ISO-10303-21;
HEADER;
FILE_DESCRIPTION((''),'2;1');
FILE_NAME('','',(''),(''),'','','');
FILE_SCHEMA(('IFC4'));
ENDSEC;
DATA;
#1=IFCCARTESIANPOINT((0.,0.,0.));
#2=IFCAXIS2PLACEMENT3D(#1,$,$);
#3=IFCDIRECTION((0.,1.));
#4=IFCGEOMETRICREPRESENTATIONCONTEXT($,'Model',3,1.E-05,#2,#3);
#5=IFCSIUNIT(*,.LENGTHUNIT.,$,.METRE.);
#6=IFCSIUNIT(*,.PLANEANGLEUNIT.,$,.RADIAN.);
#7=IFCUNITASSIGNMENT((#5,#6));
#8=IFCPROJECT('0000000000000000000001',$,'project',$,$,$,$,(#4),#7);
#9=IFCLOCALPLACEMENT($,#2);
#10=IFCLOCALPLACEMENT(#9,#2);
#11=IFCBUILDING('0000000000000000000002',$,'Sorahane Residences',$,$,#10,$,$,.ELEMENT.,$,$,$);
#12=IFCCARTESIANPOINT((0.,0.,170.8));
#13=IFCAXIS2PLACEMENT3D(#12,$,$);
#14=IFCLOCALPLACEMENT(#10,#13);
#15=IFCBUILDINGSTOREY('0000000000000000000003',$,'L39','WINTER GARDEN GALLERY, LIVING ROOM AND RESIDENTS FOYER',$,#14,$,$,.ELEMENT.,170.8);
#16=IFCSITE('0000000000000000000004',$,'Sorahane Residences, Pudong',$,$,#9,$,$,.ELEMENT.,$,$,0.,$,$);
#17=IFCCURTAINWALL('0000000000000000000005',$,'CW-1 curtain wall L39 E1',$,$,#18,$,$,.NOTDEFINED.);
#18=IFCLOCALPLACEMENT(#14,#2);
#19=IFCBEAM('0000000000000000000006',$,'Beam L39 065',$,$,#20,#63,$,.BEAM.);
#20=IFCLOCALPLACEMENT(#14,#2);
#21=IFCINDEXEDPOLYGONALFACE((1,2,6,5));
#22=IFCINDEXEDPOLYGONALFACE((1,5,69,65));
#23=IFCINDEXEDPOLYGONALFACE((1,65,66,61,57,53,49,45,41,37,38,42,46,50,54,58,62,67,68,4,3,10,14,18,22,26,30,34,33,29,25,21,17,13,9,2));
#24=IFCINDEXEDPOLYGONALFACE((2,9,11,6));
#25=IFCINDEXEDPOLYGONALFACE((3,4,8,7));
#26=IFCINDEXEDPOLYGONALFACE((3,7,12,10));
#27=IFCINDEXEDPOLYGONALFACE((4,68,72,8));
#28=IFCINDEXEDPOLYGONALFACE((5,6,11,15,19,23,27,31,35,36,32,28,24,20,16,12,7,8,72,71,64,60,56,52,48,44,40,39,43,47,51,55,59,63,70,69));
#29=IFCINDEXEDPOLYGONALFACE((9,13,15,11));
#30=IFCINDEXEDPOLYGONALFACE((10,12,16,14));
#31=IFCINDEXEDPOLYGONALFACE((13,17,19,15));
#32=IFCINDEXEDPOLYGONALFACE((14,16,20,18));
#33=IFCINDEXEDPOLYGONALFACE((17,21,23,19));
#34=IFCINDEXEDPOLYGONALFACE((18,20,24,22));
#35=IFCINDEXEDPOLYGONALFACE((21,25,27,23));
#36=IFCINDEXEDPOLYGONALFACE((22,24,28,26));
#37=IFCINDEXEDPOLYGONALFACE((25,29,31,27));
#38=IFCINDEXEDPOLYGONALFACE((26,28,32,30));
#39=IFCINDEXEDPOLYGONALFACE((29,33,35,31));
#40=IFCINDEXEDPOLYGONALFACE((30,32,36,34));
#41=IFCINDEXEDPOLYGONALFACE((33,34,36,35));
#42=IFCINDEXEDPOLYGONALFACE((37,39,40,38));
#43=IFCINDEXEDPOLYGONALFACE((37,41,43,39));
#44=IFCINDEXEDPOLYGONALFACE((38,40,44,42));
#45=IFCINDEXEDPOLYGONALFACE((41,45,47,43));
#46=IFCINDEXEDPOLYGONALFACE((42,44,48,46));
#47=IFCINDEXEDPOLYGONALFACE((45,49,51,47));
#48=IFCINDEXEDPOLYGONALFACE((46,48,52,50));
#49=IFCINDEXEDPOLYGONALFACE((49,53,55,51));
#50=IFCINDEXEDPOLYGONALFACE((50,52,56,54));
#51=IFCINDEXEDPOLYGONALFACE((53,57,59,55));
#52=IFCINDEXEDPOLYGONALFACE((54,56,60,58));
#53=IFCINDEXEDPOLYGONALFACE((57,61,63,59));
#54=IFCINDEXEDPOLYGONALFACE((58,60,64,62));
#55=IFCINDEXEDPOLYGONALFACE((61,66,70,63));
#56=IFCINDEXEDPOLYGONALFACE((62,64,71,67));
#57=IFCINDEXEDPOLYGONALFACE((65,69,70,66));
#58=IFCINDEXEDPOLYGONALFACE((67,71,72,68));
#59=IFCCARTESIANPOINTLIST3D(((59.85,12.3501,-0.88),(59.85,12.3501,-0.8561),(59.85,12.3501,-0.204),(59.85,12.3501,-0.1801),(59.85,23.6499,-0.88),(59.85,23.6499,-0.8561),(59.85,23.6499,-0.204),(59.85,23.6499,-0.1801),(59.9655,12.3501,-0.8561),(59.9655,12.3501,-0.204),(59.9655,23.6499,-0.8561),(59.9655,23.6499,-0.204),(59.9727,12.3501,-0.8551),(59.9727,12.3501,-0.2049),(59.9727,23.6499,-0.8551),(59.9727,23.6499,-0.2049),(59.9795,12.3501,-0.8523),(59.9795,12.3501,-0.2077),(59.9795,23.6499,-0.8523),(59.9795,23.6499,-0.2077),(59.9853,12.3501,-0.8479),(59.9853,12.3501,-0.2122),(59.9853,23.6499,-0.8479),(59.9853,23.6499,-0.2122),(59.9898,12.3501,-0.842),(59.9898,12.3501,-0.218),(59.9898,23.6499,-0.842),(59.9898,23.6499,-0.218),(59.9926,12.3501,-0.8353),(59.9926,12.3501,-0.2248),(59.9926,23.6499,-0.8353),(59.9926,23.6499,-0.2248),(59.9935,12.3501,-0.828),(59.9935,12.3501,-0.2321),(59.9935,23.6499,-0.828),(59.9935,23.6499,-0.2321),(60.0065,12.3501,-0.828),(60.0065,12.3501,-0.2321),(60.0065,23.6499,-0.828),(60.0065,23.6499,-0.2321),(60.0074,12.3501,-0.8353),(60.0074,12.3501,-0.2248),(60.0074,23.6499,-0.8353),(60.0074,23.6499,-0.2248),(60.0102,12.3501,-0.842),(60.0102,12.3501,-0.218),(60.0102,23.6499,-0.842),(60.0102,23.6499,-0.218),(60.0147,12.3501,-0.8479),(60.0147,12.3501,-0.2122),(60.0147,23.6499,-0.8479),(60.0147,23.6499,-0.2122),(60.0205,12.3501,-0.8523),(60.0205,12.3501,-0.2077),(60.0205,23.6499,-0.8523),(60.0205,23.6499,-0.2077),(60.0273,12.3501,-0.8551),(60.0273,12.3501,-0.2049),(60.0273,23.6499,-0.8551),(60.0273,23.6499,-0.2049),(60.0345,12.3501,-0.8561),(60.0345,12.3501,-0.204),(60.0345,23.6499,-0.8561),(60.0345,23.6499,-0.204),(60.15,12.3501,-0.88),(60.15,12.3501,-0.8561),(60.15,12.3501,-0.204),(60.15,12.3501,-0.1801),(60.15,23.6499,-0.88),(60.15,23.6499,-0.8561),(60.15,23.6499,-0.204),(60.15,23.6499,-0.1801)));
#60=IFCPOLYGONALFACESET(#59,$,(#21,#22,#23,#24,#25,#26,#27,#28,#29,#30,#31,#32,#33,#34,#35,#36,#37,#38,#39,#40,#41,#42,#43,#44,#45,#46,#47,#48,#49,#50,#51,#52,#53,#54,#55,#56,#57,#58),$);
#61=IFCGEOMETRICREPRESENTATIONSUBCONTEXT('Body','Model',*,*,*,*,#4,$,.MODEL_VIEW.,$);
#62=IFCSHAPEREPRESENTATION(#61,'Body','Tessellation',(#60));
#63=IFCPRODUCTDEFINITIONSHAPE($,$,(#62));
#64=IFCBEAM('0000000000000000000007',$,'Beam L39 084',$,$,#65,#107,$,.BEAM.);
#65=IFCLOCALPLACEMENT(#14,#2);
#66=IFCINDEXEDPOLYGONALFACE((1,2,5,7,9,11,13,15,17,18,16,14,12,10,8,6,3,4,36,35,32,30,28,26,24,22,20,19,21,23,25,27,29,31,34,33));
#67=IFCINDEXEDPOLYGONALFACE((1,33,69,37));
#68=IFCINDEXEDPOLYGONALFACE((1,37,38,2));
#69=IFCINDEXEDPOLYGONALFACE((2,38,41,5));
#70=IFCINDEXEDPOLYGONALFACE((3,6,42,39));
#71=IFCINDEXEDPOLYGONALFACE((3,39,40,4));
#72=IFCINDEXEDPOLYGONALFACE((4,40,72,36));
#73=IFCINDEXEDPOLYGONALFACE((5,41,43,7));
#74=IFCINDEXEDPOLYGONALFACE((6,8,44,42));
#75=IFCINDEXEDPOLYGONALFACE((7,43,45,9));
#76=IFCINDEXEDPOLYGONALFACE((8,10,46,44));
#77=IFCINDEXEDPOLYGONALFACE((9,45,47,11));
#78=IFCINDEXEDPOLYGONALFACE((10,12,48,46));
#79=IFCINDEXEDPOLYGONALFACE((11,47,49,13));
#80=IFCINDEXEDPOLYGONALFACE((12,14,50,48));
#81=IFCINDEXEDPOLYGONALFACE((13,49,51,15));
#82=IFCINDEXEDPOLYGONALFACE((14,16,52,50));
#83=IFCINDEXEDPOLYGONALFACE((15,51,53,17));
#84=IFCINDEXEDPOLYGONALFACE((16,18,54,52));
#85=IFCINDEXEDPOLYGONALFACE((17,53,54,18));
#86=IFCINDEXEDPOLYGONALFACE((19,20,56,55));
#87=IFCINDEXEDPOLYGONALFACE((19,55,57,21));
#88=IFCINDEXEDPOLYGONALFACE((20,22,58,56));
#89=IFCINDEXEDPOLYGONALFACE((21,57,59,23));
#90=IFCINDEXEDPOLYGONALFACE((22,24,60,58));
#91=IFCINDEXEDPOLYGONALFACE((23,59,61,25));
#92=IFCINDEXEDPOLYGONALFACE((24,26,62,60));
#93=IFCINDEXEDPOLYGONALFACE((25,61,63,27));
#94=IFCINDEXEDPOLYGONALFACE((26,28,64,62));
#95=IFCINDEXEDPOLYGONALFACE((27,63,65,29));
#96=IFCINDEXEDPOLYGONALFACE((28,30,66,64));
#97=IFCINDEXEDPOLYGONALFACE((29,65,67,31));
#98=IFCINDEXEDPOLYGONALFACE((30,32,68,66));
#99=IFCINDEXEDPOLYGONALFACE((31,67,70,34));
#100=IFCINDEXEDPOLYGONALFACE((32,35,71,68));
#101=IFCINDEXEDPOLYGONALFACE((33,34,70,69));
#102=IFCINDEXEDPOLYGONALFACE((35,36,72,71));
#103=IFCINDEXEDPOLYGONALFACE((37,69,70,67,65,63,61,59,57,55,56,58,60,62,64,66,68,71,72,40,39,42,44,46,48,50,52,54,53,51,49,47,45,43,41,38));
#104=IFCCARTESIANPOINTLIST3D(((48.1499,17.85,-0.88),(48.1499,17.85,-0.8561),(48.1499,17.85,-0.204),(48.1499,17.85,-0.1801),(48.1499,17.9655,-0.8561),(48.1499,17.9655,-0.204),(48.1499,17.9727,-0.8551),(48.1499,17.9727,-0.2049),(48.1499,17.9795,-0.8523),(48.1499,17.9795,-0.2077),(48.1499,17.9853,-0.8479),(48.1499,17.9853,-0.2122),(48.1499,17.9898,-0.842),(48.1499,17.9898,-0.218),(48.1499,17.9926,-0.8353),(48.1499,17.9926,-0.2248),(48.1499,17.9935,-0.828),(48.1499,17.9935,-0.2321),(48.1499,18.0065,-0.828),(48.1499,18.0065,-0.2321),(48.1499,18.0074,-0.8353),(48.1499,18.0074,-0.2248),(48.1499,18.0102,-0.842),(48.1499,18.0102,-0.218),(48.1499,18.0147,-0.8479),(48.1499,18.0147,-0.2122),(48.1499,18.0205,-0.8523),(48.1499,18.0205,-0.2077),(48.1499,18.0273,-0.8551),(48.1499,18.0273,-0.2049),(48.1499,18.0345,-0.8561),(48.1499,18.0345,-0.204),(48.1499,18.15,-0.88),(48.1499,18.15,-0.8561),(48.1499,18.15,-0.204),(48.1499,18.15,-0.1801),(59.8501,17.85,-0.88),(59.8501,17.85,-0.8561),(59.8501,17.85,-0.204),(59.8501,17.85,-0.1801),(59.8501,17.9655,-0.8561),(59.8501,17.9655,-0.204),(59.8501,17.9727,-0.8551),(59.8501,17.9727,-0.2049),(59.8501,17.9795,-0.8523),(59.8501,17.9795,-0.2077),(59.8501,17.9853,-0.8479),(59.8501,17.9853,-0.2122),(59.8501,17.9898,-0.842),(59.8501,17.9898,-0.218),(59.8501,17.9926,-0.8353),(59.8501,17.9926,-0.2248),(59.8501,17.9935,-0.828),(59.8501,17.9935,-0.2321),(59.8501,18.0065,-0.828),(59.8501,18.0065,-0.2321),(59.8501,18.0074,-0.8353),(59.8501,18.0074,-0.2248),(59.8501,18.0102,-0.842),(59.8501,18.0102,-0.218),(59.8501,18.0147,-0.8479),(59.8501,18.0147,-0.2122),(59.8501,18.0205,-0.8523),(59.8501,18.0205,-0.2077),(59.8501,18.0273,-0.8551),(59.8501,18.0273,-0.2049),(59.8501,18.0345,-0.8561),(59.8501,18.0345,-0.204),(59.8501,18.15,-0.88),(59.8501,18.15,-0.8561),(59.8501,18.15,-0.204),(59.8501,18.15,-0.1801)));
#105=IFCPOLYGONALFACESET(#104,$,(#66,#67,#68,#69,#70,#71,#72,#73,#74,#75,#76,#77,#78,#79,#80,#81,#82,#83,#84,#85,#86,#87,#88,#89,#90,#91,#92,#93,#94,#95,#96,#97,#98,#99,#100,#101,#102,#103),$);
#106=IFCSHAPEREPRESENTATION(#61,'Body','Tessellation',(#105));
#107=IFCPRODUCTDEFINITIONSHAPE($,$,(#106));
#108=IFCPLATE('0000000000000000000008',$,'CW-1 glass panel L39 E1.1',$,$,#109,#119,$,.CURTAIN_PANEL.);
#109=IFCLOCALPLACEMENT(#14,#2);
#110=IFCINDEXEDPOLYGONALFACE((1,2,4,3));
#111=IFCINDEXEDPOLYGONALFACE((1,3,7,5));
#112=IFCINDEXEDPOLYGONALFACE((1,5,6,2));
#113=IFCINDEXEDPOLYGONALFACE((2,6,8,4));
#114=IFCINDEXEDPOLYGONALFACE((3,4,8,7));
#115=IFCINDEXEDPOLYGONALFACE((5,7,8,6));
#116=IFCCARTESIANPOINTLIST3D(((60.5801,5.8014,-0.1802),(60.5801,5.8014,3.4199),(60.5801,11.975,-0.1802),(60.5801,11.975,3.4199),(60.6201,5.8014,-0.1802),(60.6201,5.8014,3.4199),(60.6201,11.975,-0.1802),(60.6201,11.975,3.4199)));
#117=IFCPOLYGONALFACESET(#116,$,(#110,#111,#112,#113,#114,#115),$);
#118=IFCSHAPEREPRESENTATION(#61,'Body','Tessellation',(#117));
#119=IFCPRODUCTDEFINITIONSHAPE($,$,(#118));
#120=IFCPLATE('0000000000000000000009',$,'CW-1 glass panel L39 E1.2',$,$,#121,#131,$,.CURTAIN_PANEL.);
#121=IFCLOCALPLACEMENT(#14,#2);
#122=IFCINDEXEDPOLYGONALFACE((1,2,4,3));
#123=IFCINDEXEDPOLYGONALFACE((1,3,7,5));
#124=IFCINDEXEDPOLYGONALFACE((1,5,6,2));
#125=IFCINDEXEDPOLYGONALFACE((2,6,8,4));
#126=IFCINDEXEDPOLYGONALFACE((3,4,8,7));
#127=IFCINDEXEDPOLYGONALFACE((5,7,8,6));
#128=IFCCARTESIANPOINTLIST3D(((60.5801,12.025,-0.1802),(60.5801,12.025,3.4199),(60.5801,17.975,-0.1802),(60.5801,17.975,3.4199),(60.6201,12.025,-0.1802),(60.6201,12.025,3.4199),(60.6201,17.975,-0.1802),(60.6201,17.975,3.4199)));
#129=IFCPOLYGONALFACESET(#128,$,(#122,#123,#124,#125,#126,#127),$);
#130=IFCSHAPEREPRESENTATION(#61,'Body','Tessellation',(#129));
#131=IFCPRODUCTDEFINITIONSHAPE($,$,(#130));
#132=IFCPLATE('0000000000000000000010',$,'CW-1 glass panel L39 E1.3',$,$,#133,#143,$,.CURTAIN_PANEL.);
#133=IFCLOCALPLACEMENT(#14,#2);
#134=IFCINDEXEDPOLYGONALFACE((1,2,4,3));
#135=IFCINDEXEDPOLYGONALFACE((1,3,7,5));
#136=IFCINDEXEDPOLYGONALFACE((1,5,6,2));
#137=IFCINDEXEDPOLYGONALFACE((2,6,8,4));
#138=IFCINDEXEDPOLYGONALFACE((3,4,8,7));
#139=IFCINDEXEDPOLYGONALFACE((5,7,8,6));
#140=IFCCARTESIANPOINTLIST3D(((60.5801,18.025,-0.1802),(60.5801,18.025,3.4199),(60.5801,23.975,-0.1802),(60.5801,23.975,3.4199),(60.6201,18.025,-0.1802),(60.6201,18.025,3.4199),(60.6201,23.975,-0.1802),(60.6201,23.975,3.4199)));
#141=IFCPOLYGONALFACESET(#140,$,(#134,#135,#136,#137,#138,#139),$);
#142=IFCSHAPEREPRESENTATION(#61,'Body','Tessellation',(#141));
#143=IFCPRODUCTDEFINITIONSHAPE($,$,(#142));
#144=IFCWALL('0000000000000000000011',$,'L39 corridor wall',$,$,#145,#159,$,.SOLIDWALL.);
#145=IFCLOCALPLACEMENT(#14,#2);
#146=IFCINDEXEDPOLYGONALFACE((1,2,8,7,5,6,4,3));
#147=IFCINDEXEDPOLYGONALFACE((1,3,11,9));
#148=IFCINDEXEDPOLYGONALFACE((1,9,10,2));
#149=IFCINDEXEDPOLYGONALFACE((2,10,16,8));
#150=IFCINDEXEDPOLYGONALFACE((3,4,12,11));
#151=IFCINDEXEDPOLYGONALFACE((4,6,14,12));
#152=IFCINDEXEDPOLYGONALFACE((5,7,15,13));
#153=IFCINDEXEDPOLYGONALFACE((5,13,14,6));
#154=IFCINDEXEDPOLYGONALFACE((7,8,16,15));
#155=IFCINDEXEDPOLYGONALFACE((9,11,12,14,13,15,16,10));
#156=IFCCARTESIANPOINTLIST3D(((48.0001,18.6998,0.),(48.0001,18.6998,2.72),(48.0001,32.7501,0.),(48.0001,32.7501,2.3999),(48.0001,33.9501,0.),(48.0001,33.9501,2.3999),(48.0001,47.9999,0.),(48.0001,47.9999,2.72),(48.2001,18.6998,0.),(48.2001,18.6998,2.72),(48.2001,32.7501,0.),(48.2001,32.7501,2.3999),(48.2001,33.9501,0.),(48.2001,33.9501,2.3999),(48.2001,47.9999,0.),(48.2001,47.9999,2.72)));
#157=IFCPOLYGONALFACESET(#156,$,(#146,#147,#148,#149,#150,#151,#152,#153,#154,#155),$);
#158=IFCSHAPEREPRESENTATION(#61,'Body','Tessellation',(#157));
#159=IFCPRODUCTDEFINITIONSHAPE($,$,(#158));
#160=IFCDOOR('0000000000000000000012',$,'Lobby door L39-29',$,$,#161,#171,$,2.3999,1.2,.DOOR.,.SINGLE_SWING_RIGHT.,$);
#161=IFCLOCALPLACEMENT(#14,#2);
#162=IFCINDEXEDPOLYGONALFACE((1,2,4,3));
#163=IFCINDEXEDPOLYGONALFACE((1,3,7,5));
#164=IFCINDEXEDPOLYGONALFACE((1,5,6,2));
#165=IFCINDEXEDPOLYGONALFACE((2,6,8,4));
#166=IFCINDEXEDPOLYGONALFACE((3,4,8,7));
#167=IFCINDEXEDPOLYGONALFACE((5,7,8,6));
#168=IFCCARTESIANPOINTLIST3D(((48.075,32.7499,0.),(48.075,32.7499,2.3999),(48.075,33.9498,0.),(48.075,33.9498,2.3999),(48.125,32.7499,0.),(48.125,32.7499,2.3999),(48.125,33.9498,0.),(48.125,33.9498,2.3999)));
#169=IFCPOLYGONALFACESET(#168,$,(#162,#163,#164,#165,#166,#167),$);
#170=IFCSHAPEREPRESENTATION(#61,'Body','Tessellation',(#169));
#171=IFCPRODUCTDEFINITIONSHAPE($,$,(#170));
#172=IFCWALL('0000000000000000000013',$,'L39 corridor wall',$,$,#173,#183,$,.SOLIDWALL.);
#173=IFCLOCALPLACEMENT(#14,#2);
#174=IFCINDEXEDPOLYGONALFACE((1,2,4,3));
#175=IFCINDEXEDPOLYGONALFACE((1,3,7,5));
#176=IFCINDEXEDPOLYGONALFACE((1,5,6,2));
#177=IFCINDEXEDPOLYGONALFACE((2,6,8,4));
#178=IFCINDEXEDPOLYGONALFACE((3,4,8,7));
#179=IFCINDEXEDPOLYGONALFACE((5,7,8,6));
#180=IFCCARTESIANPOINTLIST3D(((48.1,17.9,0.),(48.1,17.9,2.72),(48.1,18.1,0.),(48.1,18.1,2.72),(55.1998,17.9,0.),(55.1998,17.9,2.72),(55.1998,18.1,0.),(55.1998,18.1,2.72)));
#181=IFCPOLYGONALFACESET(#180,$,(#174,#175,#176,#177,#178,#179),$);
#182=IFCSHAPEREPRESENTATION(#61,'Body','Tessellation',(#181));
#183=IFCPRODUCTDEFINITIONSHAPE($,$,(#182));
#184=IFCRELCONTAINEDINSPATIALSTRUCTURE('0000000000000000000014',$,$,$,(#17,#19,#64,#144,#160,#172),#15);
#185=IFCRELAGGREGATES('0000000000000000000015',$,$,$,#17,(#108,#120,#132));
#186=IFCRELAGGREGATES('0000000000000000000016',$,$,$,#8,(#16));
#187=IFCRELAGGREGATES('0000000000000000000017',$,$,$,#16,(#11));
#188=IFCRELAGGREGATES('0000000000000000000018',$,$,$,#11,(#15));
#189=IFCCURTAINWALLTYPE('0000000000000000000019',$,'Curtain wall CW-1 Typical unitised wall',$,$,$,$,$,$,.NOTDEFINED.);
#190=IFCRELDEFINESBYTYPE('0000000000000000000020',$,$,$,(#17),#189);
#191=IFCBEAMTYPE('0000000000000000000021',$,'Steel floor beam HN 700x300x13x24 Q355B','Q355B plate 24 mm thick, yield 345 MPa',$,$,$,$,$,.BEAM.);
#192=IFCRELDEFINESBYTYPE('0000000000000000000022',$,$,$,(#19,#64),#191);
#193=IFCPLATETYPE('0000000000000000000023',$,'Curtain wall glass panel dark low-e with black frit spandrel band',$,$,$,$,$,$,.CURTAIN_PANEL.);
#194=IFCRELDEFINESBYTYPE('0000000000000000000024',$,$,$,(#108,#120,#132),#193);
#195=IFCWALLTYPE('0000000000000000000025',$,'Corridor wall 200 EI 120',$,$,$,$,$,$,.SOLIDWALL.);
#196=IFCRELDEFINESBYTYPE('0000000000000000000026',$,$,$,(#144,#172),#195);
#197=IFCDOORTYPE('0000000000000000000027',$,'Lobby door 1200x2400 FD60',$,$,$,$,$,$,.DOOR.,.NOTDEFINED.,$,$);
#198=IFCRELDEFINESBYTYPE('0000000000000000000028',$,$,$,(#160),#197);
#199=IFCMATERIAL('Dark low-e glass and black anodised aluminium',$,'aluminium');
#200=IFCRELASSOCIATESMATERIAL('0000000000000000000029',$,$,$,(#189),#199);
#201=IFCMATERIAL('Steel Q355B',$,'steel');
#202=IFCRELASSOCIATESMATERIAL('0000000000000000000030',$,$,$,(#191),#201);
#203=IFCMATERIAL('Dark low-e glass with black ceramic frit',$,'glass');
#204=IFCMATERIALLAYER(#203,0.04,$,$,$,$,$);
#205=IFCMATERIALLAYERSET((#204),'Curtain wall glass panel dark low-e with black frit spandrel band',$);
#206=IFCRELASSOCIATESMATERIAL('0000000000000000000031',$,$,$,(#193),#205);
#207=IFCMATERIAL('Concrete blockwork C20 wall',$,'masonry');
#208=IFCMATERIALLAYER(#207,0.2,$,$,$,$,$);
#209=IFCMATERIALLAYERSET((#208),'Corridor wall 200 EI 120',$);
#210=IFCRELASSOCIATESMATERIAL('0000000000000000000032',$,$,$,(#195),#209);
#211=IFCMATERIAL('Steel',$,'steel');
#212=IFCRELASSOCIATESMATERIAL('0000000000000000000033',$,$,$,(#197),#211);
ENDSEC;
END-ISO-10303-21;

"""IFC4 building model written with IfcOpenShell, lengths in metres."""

from ifc_helpers import new_model, si_unit, direction, frame, frame_2d, origin, origin_2d, place, context, subcontext, project, spatial, rectangle, i_section, extrude, material, layer, layer_set, material_profile, profile_set, type_object, element, fill, aggregate, save


model = new_model("IFC4")

# Units and contexts
model_context = context("Model", 3, precision=1e-05, world=origin(), true_north=direction((0.0, 1.0)))
body_context = subcontext(model_context, "Body", "Model", "MODEL_VIEW")
ifc_project = project(units=[si_unit("LENGTHUNIT", "METRE"), si_unit("PLANEANGLEUNIT", "RADIAN")], contexts=[model_context])

# Site, building, storey
site_placement = place(None, origin())
site = spatial("IfcSite", under=ifc_project, at=site_placement, Name="Sorahane Residences, Pudong", CompositionType="ELEMENT", RefElevation=0.0)
building_placement = place(site_placement, origin())
building = spatial("IfcBuilding", under=site, at=building_placement, Name="Sorahane Residences", CompositionType="ELEMENT")
storey_placement = place(building_placement, frame((0.0, 0.0, 170.8)))
storey = spatial("IfcBuildingStorey", under=building, at=storey_placement, Name="L39", Description="WINTER GARDEN GALLERY, LIVING ROOM AND RESIDENTS FOYER", CompositionType="ELEMENT", Elevation=170.8)

# Curtain wall
ifc_material_1 = material(Name="Dark low-e glass and black anodised aluminium", Category="aluminium")
curtain_wall_type = type_object("IfcCurtainWallType", Name="Curtain wall CW-1 Typical unitised wall", PredefinedType="NOTDEFINED", material=ifc_material_1)
curtain_wall_placement = place(storey_placement, origin())
curtain_wall = element("IfcCurtainWall", 1, at=curtain_wall_placement, inside=storey, type_object=curtain_wall_type, Name="CW-1 curtain wall L39 E1", PredefinedType="NOTDEFINED")

# Beams
ifc_material_2 = material(Name="Steel Q355B", Category="steel")
ifc_material_profile_1 = material_profile(ifc_material_2, i_section(OverallWidth=0.3, OverallDepth=0.7, WebThickness=0.0129, FlangeThickness=0.0239, FilletRadius=0.0281, at=origin_2d()), Name="HN 700x300x13x24")
ifc_profile_set_1 = profile_set([ifc_material_profile_1], Name="Steel Q355B")
beam_type = type_object("IfcBeamType", Name="Steel floor beam HN 700x300x13x24 Q355B", Description="Q355B plate 24 mm thick, yield 345 MPa", PredefinedType="BEAM", material=ifc_profile_set_1)
beam_1_placement = place(storey_placement, frame((60.0, 12.3501, -0.53), z_axis=(0.0, 1.0, 0.0), x_axis=(-1.0, 0.0, 0.0)))
element("IfcBeam", 2, at=beam_1_placement, inside=storey, type_object=beam_type, Name="Beam L39 065", PredefinedType="BEAM", context=body_context, shape_type="SweptSolid", body=[
    extrude(i_section(OverallWidth=0.3, OverallDepth=0.7, WebThickness=0.0129, FlangeThickness=0.0239, FilletRadius=0.0281, at=origin_2d()), origin(), (0.0, 0.0, 1.0), 11.2998),
])
beam_2_placement = place(storey_placement, frame((48.1499, 18.0, -0.53), z_axis=(1.0, 0.0, 0.0), x_axis=(0.0, 1.0, 0.0)))
element("IfcBeam", 3, at=beam_2_placement, inside=storey, type_object=beam_type, Name="Beam L39 084", PredefinedType="BEAM", context=body_context, shape_type="SweptSolid", body=[
    extrude(i_section(OverallWidth=0.3, OverallDepth=0.7, WebThickness=0.0129, FlangeThickness=0.0239, FilletRadius=0.0281, at=origin_2d()), origin(), (0.0, 0.0, 1.0), 11.7002),
])

# Plates
ifc_material_3 = material(Name="Dark low-e glass with black ceramic frit", Category="glass")
ifc_layer_1 = layer(ifc_material_3, 0.04)
ifc_layer_set_1 = layer_set([ifc_layer_1], Name="Curtain wall glass panel dark low-e with black frit spandrel band")
plate_type = type_object("IfcPlateType", Name="Curtain wall glass panel dark low-e with black frit spandrel band", PredefinedType="CURTAIN_PANEL", material=ifc_layer_set_1)
plate_1_placement = place(storey_placement, frame((60.6001, 8.8882, -0.1802), z_axis=(0.0, 0.0, 1.0), x_axis=(0.0, 1.0, 0.0)))
plate_1 = element("IfcPlate", 4, at=plate_1_placement, type_object=plate_type, Name="CW-1 glass panel L39 E1.1", PredefinedType="CURTAIN_PANEL", context=body_context, shape_type="SweptSolid", body=[
    extrude(rectangle(XDim=6.1736, YDim=0.04, at=origin_2d()), origin(), (0.0, 0.0, 1.0), 3.6001),
])
plate_2_placement = place(storey_placement, frame((60.6001, 15.0, -0.1802), z_axis=(0.0, 0.0, 1.0), x_axis=(0.0, 1.0, 0.0)))
plate_2 = element("IfcPlate", 5, at=plate_2_placement, type_object=plate_type, Name="CW-1 glass panel L39 E1.2", PredefinedType="CURTAIN_PANEL", context=body_context, shape_type="SweptSolid", body=[
    extrude(rectangle(XDim=5.95, YDim=0.04, at=origin_2d()), origin(), (0.0, 0.0, 1.0), 3.6001),
])
plate_3_placement = place(storey_placement, frame((60.6001, 21.0, -0.1802), z_axis=(0.0, 0.0, 1.0), x_axis=(0.0, 1.0, 0.0)))
plate_3 = element("IfcPlate", 6, at=plate_3_placement, type_object=plate_type, Name="CW-1 glass panel L39 E1.3", PredefinedType="CURTAIN_PANEL", context=body_context, shape_type="SweptSolid", body=[
    extrude(rectangle(XDim=5.95, YDim=0.04, at=origin_2d()), origin(), (0.0, 0.0, 1.0), 3.6001),
])
aggregate(curtain_wall, [plate_1, plate_2, plate_3])

# Wall, opening, door
ifc_material_4 = material(Name="Concrete blockwork C20 wall", Category="masonry")
ifc_layer_2 = layer(ifc_material_4, 0.2)
ifc_layer_set_2 = layer_set([ifc_layer_2], Name="Corridor wall 200 EI 120")
wall_type_1 = type_object("IfcWallType", Name="Corridor wall 200 EI 120", PredefinedType="SOLIDWALL", material=ifc_layer_set_2)
wall_1_placement = place(storey_placement, frame((48.1001, 18.7, 0.0), z_axis=(0.0, 0.0, 1.0), x_axis=(0.0, 1.0, 0.0)))
wall_1 = element("IfcWall", 7, at=wall_1_placement, inside=storey, type_object=wall_type_1, Name="L39 corridor wall", PredefinedType="SOLIDWALL", context=body_context, shape_type="SweptSolid", body=[
    extrude(rectangle(XDim=29.3, YDim=0.2, at=frame_2d((14.6499, 0.0))), origin(), (0.0, 0.0, 1.0), 2.72),
])
opening_1_placement = place(wall_1_placement, frame((14.05, 0.0, 0.0)))
opening_1 = element("IfcOpeningElement", 8, at=opening_1_placement, cuts=wall_1, PredefinedType="OPENING", context=body_context, shape_type="SweptSolid", body=[
    extrude(rectangle(XDim=1.2, YDim=2.3999, at=frame_2d((0.6001, 1.2))), frame((0.0, 0.1099, 0.0), z_axis=(0.0, -1.0, 0.0), x_axis=(1.0, 0.0, 0.0)), (0.0, 0.0, 1.0), 0.22),
])
ifc_material_5 = material(Name="Steel", Category="steel")
door_type_1 = type_object("IfcDoorType", Name="Lobby door 1200x2400 FD60", OperationType="NOTDEFINED", PredefinedType="DOOR", material=ifc_material_5)
door_1_placement = place(opening_1_placement, frame((1.2, 0.0, 0.0), z_axis=(0.0, 0.0, 1.0), x_axis=(-1.0, 0.0, 0.0)))
door_1 = element("IfcDoor", 9, at=door_1_placement, inside=storey, type_object=door_type_1, Name="Lobby door L39-29", OperationType="SINGLE_SWING_RIGHT", OverallHeight=2.3999, OverallWidth=1.2, PredefinedType="DOOR", context=body_context, shape_type="SweptSolid", body=[
    extrude(rectangle(XDim=1.2, YDim=2.3999, at=frame_2d((0.6001, 1.2))), frame((0.0, 0.0249, 0.0), z_axis=(0.0, -1.0, 0.0), x_axis=(1.0, 0.0, 0.0)), (0.0, 0.0, 1.0), 0.05),
])
fill(opening_1, door_1)

# Wall
wall_2_placement = place(storey_placement, frame((48.1001, 18.0, 0.0), z_axis=(0.0, 0.0, 1.0), x_axis=(1.0, 0.0, 0.0)))
element("IfcWall", 10, at=wall_2_placement, inside=storey, type_object=wall_type_1, Name="L39 corridor wall", PredefinedType="SOLIDWALL", context=body_context, shape_type="SweptSolid", body=[
    extrude(rectangle(XDim=7.0999, YDim=0.2, at=frame_2d((3.5498, 0.0))), origin(), (0.0, 0.0, 1.0), 2.72),
])

save(model, "model.ifc")
